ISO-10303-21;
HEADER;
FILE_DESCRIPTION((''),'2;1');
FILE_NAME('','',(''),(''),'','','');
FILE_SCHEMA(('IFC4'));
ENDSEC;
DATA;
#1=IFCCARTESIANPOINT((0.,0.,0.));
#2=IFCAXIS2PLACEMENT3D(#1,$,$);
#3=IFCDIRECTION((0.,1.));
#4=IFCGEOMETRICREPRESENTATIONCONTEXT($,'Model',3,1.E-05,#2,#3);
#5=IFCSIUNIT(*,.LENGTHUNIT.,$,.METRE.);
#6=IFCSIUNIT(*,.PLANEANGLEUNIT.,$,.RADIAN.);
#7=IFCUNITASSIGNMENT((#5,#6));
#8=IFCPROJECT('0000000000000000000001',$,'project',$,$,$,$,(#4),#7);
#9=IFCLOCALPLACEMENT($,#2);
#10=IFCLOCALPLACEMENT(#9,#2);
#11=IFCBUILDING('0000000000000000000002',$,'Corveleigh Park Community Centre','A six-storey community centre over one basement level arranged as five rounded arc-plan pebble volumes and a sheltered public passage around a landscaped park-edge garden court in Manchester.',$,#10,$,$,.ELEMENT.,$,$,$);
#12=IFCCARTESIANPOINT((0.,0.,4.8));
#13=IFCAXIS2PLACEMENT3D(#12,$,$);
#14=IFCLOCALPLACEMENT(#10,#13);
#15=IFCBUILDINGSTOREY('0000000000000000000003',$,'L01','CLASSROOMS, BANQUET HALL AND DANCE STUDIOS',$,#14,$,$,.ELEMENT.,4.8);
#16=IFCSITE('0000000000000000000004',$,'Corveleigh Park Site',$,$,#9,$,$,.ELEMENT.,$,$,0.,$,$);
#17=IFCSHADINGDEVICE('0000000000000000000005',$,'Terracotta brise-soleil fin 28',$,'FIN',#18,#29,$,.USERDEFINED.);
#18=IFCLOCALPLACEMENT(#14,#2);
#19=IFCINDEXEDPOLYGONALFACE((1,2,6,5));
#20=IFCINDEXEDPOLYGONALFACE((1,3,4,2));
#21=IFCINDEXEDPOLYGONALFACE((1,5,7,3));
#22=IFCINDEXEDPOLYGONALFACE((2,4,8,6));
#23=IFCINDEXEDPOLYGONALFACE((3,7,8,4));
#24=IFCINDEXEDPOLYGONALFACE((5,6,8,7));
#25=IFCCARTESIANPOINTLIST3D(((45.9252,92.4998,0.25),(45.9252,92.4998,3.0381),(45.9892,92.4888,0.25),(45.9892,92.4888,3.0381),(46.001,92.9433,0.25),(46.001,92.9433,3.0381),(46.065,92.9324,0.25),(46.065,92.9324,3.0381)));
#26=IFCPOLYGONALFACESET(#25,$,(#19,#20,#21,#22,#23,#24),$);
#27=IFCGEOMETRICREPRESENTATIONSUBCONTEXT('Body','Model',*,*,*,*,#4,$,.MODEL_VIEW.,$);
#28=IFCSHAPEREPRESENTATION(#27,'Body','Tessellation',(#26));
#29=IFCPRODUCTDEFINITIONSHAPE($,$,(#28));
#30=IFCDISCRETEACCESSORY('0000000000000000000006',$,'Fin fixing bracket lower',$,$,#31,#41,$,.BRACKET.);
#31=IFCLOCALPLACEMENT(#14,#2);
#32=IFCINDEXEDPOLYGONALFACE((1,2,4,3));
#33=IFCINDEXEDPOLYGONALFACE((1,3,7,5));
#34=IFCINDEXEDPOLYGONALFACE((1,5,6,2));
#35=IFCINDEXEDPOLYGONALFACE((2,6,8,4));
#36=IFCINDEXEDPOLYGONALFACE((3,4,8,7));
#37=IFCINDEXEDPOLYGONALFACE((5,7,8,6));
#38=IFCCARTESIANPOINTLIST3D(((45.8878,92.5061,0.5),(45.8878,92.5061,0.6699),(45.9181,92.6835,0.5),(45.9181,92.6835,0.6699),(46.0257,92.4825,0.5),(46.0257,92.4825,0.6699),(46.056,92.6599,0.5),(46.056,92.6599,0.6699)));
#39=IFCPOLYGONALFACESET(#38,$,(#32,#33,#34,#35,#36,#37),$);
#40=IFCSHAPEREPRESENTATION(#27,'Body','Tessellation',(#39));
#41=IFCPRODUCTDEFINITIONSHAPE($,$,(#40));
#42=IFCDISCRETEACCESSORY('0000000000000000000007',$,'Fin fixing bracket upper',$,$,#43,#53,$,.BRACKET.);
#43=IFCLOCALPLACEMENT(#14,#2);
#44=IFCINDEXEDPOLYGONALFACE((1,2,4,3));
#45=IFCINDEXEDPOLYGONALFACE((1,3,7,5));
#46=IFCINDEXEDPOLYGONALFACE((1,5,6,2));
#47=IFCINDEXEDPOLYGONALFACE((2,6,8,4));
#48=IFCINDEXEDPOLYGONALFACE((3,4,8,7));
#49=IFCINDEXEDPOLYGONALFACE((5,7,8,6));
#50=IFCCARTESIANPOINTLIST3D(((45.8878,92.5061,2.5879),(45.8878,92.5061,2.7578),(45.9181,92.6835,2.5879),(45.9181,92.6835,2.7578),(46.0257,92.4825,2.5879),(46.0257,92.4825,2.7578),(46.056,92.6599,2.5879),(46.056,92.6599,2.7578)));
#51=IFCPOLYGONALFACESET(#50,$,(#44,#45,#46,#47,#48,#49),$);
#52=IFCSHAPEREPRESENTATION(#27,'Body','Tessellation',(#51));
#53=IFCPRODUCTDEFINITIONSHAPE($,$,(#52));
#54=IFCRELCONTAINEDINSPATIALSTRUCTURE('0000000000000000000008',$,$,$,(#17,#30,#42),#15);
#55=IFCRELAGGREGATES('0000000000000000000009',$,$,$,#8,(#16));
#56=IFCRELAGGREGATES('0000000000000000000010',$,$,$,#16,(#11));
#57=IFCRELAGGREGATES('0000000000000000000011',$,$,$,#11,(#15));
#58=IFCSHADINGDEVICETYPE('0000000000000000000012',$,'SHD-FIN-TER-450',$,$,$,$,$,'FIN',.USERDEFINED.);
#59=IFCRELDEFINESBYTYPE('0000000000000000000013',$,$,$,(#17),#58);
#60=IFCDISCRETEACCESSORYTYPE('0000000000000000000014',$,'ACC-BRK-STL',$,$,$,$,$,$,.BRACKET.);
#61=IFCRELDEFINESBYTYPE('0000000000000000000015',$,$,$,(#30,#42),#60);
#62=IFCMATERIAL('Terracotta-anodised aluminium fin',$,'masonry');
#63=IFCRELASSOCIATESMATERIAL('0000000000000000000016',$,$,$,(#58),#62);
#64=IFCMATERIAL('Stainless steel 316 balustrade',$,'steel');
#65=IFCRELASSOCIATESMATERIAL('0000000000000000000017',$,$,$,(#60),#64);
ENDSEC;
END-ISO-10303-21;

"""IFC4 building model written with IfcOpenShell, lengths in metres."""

from ifc_helpers import new_model, si_unit, direction, frame, origin, origin_2d, place, context, subcontext, project, spatial, rectangle, extrude, material, type_object, element, save


model = new_model("IFC4")

# Units and contexts
model_context = context("Model", 3, precision=1e-05, world=origin(), true_north=direction((0.0, 1.0)))
body_context = subcontext(model_context, "Body", "Model", "MODEL_VIEW")
ifc_project = project(units=[si_unit("LENGTHUNIT", "METRE"), si_unit("PLANEANGLEUNIT", "RADIAN")], contexts=[model_context])

# Site, building, storey
site_placement = place(None, origin())
site = spatial("IfcSite", under=ifc_project, at=site_placement, Name="Corveleigh Park Site", CompositionType="ELEMENT", RefElevation=0.0)
building_placement = place(site_placement, origin())
building = spatial("IfcBuilding", under=site, at=building_placement, Name="Corveleigh Park Community Centre", Description="A six-storey community centre over one basement level arranged as five rounded arc-plan pebble volumes and a sheltered public passage around a landscaped park-edge garden court in Manchester.", CompositionType="ELEMENT")
storey_placement = place(building_placement, frame((0.0, 0.0, 4.8)))
storey = spatial("IfcBuildingStorey", under=building, at=storey_placement, Name="L01", Description="CLASSROOMS, BANQUET HALL AND DANCE STUDIOS", CompositionType="ELEMENT", Elevation=4.8)

# Shading device
ifc_material_1 = material(Name="Terracotta-anodised aluminium fin", Category="masonry")
shading_device_type = type_object("IfcShadingDeviceType", Name="SHD-FIN-TER-450", ElementType="FIN", PredefinedType="USERDEFINED", material=ifc_material_1)
shading_device_placement = place(storey_placement, frame((45.9951, 92.7161, 0.25), z_axis=(0.0, 0.0, 1.0), x_axis=(0.16846, 0.985708, 0.0)))
element("IfcShadingDevice", 1, at=shading_device_placement, inside=storey, type_object=shading_device_type, Name="Terracotta brise-soleil fin 28", ObjectType="FIN", PredefinedType="USERDEFINED", context=body_context, shape_type="SweptSolid", body=[
    extrude(rectangle(XDim=0.45, YDim=0.0649, at=origin_2d()), origin(), (0.0, 0.0, 1.0), 2.7881),
])

# Discrete accessories
ifc_material_2 = material(Name="Stainless steel 316 balustrade", Category="steel")
discrete_accessory_type = type_object("IfcDiscreteAccessoryType", Name="ACC-BRK-STL", PredefinedType="BRACKET", material=ifc_material_2)
for number, where, z_axis, x_axis, name in (
    (2, (45.9719, 92.583, 0.5), (0.0, 0.0, 1.0), (0.16846, 0.985708, 0.0), "Fin fixing bracket lower"),
    (3, (45.9719, 92.583, 2.5879), (0.0, 0.0, 1.0), (0.16846, 0.985708, 0.0), "Fin fixing bracket upper"),
):
    element("IfcDiscreteAccessory", number, at=place(storey_placement, frame(where, z_axis=z_axis, x_axis=x_axis)), inside=storey, type_object=discrete_accessory_type, Name=name, PredefinedType="BRACKET", context=body_context, shape_type="SweptSolid", body=[
        extrude(rectangle(XDim=0.1799, YDim=0.1399, at=origin_2d()), origin(), (0.0, 0.0, 1.0), 0.1699),
    ])

save(model, "model.ifc")
